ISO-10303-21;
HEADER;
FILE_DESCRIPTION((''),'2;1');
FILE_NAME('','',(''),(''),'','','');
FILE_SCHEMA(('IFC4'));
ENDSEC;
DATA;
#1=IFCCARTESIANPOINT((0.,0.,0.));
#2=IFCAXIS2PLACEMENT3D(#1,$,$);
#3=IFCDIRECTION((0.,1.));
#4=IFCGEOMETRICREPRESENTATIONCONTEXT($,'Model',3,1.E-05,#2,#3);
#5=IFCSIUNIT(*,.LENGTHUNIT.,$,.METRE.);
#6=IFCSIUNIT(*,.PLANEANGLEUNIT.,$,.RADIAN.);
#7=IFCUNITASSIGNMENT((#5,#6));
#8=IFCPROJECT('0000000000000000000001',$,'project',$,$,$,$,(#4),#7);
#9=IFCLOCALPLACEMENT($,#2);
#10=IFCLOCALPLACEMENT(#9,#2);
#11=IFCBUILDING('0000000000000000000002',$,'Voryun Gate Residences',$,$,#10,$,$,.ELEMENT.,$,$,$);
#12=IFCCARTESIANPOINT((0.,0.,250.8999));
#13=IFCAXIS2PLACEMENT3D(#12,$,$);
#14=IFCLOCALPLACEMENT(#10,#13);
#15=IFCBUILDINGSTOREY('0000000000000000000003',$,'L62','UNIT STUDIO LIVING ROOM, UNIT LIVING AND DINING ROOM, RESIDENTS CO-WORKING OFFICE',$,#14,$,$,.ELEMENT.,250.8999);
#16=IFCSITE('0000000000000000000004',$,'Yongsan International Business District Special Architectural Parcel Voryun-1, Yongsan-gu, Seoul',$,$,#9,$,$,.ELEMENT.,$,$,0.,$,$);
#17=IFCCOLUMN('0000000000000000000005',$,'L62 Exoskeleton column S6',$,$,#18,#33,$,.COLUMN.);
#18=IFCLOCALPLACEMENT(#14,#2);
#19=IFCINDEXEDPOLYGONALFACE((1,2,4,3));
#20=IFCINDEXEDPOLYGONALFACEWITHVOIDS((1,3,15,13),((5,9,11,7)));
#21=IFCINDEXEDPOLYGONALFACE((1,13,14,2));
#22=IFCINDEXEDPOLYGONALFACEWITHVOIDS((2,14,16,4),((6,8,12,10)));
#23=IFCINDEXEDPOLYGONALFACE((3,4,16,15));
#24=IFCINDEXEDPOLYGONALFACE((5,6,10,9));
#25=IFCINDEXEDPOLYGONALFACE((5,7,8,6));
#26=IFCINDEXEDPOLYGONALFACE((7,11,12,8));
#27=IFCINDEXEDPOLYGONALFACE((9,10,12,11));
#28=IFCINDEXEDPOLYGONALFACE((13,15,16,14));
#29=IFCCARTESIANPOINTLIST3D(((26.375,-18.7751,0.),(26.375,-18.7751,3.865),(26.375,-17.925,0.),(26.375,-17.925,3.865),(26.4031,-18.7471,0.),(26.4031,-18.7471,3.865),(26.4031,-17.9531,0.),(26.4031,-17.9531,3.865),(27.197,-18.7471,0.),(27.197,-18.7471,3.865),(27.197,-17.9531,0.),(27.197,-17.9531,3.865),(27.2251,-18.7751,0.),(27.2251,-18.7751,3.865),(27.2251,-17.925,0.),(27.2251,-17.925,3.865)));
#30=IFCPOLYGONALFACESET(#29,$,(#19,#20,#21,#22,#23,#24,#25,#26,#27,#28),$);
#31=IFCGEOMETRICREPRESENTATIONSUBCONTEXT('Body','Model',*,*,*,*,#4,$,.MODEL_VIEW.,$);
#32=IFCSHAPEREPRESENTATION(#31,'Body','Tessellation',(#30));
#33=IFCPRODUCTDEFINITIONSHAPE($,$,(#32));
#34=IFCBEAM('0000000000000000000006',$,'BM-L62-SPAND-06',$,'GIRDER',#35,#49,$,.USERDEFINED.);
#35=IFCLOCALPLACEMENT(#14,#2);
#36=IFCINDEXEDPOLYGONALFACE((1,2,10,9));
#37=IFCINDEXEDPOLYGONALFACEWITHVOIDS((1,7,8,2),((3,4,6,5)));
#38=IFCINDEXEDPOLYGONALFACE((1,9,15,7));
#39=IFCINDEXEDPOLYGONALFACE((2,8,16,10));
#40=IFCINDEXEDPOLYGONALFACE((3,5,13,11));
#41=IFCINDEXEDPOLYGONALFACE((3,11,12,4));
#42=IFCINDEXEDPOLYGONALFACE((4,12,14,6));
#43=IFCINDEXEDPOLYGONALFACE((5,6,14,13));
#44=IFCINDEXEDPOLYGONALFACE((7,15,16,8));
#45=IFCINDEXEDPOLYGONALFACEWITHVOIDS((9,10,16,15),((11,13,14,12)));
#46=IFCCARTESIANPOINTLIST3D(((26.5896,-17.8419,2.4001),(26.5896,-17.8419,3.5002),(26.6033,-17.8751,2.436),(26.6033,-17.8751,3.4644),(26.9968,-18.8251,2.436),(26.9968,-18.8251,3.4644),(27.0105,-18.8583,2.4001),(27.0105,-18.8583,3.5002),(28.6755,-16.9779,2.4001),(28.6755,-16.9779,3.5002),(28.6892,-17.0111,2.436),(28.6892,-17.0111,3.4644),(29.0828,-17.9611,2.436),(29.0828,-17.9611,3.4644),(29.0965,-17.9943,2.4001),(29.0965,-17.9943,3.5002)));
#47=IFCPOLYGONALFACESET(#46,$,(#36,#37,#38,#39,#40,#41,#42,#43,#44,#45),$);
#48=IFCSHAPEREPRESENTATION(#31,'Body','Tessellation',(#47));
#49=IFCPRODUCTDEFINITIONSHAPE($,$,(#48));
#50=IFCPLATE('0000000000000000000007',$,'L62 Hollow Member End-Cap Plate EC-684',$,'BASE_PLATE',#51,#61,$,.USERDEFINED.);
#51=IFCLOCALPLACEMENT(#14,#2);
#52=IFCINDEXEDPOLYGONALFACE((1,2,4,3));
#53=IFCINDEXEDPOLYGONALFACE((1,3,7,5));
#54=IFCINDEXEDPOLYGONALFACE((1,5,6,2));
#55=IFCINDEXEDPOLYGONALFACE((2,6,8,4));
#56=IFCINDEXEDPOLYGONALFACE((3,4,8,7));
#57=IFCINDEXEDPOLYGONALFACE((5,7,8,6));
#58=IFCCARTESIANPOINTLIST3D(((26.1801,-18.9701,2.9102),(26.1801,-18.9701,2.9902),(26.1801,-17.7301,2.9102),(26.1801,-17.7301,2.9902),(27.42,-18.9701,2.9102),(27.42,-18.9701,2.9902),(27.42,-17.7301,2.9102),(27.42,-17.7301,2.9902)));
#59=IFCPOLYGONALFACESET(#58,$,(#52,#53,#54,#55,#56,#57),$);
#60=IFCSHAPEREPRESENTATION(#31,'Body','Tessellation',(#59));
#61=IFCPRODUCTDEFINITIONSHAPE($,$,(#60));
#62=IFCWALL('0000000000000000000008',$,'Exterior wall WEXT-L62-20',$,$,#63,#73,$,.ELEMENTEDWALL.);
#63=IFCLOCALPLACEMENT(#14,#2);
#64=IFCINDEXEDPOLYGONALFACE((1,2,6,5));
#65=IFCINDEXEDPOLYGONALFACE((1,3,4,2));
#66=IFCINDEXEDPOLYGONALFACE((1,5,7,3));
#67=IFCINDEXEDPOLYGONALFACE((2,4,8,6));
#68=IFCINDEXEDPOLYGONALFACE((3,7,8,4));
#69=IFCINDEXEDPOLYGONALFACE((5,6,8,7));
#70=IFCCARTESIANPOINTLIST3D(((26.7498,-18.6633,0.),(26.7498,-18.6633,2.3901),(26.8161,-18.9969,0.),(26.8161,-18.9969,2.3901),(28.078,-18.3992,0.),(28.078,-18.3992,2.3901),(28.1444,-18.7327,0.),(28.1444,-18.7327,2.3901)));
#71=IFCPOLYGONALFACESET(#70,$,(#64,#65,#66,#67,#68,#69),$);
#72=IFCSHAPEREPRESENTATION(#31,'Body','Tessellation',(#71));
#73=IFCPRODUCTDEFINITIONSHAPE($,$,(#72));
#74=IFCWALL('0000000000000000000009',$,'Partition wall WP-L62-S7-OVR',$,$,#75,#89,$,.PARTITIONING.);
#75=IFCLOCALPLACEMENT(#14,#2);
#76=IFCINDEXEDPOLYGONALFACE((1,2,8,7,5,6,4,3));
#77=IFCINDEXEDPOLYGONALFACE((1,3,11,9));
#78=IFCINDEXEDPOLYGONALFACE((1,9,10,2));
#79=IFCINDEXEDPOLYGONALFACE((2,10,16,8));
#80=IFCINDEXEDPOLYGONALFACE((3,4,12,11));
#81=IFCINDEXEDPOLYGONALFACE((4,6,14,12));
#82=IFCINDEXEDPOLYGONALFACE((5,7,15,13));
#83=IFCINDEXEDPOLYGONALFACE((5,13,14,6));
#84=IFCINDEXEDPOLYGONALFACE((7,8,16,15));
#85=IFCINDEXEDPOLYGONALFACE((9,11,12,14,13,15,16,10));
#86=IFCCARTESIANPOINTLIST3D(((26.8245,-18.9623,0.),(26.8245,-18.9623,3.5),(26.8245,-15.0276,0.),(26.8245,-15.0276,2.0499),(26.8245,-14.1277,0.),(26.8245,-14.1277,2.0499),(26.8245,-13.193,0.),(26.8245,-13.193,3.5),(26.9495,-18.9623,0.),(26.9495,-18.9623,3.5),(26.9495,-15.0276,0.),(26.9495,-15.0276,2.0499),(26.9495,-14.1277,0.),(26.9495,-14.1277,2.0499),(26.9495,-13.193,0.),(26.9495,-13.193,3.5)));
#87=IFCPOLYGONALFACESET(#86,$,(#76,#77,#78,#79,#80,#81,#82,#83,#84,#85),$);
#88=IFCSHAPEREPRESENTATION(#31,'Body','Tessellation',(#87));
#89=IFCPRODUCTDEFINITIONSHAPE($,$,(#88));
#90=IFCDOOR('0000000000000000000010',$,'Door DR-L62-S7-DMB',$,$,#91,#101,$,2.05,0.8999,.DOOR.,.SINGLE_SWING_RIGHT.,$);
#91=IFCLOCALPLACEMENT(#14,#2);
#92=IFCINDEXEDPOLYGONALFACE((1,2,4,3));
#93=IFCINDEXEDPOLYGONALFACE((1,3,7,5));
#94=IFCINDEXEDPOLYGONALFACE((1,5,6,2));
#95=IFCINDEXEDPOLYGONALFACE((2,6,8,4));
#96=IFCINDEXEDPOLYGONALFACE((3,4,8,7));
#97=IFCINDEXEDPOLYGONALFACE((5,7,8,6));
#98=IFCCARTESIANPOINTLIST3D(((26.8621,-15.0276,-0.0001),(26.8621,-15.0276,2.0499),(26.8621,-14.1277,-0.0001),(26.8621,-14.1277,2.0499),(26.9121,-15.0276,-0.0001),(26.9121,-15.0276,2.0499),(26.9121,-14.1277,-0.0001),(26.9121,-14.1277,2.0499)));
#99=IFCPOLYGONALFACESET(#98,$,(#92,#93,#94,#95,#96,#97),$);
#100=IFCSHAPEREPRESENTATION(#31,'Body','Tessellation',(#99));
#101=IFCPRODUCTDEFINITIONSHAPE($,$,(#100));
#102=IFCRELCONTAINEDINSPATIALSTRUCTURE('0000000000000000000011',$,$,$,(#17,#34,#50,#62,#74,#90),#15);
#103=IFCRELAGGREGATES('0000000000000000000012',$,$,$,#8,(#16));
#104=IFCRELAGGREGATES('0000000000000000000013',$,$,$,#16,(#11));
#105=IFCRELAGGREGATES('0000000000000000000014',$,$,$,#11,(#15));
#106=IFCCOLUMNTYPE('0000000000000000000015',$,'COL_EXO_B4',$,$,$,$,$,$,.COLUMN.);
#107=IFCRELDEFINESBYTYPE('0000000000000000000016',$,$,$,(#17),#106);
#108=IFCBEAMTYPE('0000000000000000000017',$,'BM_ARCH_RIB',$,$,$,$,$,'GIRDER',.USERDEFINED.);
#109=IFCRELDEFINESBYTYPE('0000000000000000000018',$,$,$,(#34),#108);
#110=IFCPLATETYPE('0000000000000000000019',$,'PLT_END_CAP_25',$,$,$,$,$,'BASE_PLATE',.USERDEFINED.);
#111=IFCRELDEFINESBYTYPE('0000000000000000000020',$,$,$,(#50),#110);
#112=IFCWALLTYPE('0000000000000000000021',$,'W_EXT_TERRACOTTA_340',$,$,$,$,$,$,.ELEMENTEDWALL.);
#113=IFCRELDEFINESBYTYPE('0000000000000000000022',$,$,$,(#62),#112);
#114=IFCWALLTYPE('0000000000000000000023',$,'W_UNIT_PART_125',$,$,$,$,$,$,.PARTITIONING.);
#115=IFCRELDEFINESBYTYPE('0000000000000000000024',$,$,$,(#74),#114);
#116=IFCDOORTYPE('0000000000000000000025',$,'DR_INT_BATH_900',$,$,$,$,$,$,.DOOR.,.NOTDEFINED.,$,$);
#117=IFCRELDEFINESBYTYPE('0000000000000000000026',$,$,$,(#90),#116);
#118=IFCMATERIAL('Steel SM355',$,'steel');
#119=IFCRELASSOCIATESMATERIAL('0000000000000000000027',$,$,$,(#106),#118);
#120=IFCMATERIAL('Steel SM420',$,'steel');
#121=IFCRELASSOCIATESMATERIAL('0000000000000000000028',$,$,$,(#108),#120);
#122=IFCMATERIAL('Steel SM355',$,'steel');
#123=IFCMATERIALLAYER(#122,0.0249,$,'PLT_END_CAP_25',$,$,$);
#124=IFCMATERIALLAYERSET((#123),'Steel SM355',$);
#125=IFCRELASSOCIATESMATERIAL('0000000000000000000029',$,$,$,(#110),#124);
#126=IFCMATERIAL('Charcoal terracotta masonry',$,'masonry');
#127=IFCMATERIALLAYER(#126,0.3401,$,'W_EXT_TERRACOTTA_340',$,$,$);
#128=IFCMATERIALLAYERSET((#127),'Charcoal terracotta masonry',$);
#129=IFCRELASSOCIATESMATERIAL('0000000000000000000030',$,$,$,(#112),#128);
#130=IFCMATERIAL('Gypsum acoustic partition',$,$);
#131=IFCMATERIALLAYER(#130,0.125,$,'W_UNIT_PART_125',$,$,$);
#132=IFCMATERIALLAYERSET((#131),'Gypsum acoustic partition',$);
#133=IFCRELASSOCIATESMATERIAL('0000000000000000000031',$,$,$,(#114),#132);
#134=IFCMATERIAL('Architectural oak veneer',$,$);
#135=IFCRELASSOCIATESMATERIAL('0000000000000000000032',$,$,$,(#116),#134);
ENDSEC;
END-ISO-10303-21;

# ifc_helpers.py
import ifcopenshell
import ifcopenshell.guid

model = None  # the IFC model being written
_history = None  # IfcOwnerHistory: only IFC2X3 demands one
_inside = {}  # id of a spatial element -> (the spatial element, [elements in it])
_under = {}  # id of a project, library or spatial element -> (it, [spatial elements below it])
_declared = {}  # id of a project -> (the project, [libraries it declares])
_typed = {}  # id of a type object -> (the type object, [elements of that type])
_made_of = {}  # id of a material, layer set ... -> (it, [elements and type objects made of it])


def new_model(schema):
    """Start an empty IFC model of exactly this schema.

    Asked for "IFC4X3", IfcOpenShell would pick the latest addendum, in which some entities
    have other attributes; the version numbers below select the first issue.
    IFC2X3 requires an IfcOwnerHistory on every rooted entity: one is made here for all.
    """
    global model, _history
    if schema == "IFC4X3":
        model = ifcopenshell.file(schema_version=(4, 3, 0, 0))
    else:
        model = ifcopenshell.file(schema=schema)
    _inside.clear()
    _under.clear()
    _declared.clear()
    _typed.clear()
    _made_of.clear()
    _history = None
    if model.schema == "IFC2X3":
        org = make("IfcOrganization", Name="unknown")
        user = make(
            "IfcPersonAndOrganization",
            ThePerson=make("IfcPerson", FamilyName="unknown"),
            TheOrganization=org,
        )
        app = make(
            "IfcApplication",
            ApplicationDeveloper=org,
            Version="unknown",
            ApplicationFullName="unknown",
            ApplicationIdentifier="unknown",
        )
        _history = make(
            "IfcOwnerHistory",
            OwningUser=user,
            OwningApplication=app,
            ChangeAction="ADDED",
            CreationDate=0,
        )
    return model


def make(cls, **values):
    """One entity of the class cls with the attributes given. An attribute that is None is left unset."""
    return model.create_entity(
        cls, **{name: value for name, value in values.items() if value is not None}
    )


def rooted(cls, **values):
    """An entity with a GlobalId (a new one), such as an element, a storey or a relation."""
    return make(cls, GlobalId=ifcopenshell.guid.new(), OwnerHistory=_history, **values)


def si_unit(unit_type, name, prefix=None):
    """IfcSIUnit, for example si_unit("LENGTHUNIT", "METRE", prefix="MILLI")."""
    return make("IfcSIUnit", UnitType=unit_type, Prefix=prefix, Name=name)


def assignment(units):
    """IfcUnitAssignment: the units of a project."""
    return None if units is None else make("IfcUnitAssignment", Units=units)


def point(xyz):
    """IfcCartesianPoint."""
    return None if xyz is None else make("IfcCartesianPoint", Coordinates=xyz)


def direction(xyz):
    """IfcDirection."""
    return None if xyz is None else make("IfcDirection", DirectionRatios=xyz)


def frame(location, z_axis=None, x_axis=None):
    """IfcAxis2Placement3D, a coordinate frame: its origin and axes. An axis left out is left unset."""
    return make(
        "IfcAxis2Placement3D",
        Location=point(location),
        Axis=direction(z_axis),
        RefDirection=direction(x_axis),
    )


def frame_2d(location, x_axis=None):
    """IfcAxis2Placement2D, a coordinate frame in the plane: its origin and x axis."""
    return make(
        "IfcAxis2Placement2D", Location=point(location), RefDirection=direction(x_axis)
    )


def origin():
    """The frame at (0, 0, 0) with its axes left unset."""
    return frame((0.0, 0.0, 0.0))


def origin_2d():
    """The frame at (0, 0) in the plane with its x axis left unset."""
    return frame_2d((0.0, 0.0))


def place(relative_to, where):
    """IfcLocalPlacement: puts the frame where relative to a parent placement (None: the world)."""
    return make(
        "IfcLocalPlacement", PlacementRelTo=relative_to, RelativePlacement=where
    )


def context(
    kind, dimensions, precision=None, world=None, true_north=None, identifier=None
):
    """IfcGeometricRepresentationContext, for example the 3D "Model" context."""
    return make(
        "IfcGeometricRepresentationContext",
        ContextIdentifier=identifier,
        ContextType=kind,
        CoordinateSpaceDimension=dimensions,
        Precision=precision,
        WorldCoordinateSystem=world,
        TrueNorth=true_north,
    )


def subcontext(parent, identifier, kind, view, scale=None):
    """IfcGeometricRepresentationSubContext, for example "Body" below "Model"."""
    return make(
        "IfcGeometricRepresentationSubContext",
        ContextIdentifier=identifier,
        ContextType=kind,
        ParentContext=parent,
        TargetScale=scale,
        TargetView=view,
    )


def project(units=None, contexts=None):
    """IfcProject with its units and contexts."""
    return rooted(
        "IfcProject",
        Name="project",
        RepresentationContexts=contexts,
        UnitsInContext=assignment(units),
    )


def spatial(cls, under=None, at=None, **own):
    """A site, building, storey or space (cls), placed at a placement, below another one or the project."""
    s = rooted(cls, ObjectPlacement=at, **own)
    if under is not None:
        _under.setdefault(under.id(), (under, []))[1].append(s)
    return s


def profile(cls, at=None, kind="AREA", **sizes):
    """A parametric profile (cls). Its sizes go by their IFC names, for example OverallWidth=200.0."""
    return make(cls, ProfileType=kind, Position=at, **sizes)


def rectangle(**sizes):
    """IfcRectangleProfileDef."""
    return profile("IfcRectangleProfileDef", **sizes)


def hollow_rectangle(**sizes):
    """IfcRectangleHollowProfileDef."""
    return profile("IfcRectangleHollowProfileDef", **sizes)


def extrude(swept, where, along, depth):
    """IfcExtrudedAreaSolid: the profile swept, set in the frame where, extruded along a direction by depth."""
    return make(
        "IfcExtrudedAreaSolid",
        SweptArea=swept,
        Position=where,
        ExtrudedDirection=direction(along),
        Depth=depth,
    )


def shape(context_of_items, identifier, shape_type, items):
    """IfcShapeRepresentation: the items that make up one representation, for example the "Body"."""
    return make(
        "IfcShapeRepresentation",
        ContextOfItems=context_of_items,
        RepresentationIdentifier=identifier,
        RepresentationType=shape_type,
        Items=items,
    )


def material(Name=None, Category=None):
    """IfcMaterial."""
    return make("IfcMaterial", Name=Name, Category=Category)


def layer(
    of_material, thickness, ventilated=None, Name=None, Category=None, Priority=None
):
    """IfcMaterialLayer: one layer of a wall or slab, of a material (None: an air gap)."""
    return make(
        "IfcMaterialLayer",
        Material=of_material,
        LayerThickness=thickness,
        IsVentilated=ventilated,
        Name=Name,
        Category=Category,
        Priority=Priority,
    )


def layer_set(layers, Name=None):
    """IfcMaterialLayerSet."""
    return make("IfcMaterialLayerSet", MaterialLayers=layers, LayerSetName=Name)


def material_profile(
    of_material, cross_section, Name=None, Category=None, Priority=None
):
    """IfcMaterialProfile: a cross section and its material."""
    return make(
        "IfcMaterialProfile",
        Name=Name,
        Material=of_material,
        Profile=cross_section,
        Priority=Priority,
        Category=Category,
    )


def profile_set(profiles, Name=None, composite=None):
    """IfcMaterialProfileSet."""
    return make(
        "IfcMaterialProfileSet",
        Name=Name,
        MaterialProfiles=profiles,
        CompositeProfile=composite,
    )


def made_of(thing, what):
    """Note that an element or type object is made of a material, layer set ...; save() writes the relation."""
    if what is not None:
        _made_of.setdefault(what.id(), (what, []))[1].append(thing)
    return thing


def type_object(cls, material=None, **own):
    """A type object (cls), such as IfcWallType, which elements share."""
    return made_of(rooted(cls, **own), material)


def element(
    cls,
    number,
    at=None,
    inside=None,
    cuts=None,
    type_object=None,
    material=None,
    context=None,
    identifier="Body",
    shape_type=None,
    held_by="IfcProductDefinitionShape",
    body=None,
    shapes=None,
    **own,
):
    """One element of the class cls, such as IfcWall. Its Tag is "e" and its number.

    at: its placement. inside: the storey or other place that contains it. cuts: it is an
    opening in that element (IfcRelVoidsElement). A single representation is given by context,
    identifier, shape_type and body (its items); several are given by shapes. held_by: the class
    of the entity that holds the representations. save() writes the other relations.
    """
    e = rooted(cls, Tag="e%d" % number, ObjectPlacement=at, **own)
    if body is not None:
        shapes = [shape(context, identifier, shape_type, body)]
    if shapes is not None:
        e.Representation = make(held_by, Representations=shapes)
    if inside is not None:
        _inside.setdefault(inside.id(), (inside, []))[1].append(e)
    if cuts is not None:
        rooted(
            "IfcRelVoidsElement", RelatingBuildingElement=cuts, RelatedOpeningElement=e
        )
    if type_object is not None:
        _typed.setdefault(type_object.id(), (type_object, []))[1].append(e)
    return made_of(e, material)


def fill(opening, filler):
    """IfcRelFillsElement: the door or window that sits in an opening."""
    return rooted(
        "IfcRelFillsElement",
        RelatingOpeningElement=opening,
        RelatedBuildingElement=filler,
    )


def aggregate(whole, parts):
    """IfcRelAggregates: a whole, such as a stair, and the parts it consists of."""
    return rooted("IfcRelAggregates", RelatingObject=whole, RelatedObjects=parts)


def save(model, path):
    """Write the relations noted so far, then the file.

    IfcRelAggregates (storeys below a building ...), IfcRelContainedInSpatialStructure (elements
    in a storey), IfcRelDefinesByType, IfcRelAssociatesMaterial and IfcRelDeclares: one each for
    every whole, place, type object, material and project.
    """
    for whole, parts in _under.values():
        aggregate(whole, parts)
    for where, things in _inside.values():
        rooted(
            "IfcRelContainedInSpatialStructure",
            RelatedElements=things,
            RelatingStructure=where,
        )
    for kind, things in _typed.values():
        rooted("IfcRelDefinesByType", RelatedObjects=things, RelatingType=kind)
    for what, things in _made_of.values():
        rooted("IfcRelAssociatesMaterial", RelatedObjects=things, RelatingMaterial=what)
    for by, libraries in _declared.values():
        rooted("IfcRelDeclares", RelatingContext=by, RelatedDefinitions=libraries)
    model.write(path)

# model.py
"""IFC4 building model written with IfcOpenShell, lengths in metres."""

from ifc_helpers import new_model, si_unit, direction, frame, frame_2d, origin, origin_2d, place, context, subcontext, project, spatial, rectangle, hollow_rectangle, extrude, material, layer, layer_set, material_profile, profile_set, type_object, element, fill, save


model = new_model("IFC4")

# Units and contexts
model_context = context("Model", 3, precision=1e-05, world=origin(), true_north=direction((0.0, 1.0)))
body_context = subcontext(model_context, "Body", "Model", "MODEL_VIEW")
ifc_project = project(units=[si_unit("LENGTHUNIT", "METRE"), si_unit("PLANEANGLEUNIT", "RADIAN")], contexts=[model_context])

# Site, building, storey
site_placement = place(None, origin())
site = spatial("IfcSite", under=ifc_project, at=site_placement, Name="Yongsan International Business District Special Architectural Parcel Voryun-1, Yongsan-gu, Seoul", CompositionType="ELEMENT", RefElevation=0.0)
building_placement = place(site_placement, origin())
building = spatial("IfcBuilding", under=site, at=building_placement, Name="Voryun Gate Residences", CompositionType="ELEMENT")
storey_placement = place(building_placement, frame((0.0, 0.0, 250.8999)))
storey = spatial("IfcBuildingStorey", under=building, at=storey_placement, Name="L62", Description="UNIT STUDIO LIVING ROOM, UNIT LIVING AND DINING ROOM, RESIDENTS CO-WORKING OFFICE", CompositionType="ELEMENT", Elevation=250.8999)

# Column
ifc_material_1 = material(Name="Steel SM355", Category="steel")
ifc_material_profile_1 = material_profile(ifc_material_1, hollow_rectangle(XDim=0.8501, YDim=0.8501, WallThickness=0.0281, at=origin_2d()), Name="BOX-850x850x28")
ifc_profile_set_1 = profile_set([ifc_material_profile_1], Name="Steel SM355")
column_type = type_object("IfcColumnType", Name="COL_EXO_B4", PredefinedType="COLUMN", material=ifc_profile_set_1)
column_placement = place(storey_placement, frame((26.8, -18.3501, 0.0), z_axis=(0.0, 0.0, 1.0), x_axis=(1.0, 0.0, 0.0)))
element("IfcColumn", 1, at=column_placement, inside=storey, type_object=column_type, Name="L62 Exoskeleton column S6", PredefinedType="COLUMN", context=body_context, shape_type="SweptSolid", body=[
    extrude(hollow_rectangle(XDim=0.8501, YDim=0.8501, WallThickness=0.0281, at=origin_2d()), origin(), (0.0, 0.0, 1.0), 3.865),
])

# Beam
ifc_material_2 = material(Name="Steel SM420", Category="steel")
ifc_material_profile_2 = material_profile(ifc_material_2, hollow_rectangle(XDim=1.1001, YDim=1.1001, WallThickness=0.0359, at=origin_2d()), Name="BOX-1100x1100x36")
ifc_profile_set_2 = profile_set([ifc_material_profile_2], Name="Steel SM420")
beam_type = type_object("IfcBeamType", Name="BM_ARCH_RIB", ElementType="GIRDER", PredefinedType="USERDEFINED", material=ifc_profile_set_2)
beam_placement = place(storey_placement, frame((26.8, -18.3501, 2.9502), z_axis=(0.923881, 0.38268, 0.0), x_axis=(-0.38268, 0.923881, 0.0)))
element("IfcBeam", 2, at=beam_placement, inside=storey, type_object=beam_type, Name="BM-L62-SPAND-06", ObjectType="GIRDER", PredefinedType="USERDEFINED", context=body_context, shape_type="SweptSolid", body=[
    extrude(hollow_rectangle(XDim=1.1001, YDim=1.1001, WallThickness=0.0359, at=origin_2d()), origin(), (0.0, 0.0, 1.0), 2.2578),
])

# Plate
ifc_material_3 = material(Name="Steel SM355", Category="steel")
ifc_layer_1 = layer(ifc_material_3, 0.0249, Name="PLT_END_CAP_25")
ifc_layer_set_1 = layer_set([ifc_layer_1], Name="Steel SM355")
plate_type = type_object("IfcPlateType", Name="PLT_END_CAP_25", ElementType="BASE_PLATE", PredefinedType="USERDEFINED", material=ifc_layer_set_1)
plate_placement = place(storey_placement, frame((26.8, -18.3501, 2.9102), z_axis=(0.0, 0.0, 1.0), x_axis=(1.0, 0.0, 0.0)))
element("IfcPlate", 3, at=plate_placement, inside=storey, type_object=plate_type, Name="L62 Hollow Member End-Cap Plate EC-684", ObjectType="BASE_PLATE", PredefinedType="USERDEFINED", context=body_context, shape_type="SweptSolid", body=[
    extrude(rectangle(XDim=1.24, YDim=1.24, at=origin_2d()), origin(), (0.0, 0.0, 1.0), 0.0801),
])

# Shared definitions
ifc_material_4 = material(Name="Charcoal terracotta masonry", Category="masonry")
ifc_layer_2 = layer(ifc_material_4, 0.3401, Name="W_EXT_TERRACOTTA_340")
ifc_layer_set_2 = layer_set([ifc_layer_2], Name="Charcoal terracotta masonry")
wall_type_1 = type_object("IfcWallType", Name="W_EXT_TERRACOTTA_340", PredefinedType="ELEMENTEDWALL", material=ifc_layer_set_2)

# Wall
wall_1_placement = place(storey_placement, frame((28.1113, -18.5659, 0.0), z_axis=(0.0, 0.0, 1.0), x_axis=(-0.980788, -0.195076, 0.0)))
element("IfcWall", 4, at=wall_1_placement, inside=storey, type_object=wall_type_1, Name="Exterior wall WEXT-L62-20", PredefinedType="ELEMENTEDWALL", context=body_context, shape_type="SweptSolid", body=[
    extrude(rectangle(XDim=1.3542, YDim=0.3401, at=frame_2d((0.6772, 0.0))), origin(), (0.0, 0.0, 1.0), 2.3901),
])

# Wall, opening, door
ifc_material_5 = material(Name="Gypsum acoustic partition")
ifc_layer_3 = layer(ifc_material_5, 0.125, Name="W_UNIT_PART_125")
ifc_layer_set_3 = layer_set([ifc_layer_3], Name="Gypsum acoustic partition")
wall_type_2 = type_object("IfcWallType", Name="W_UNIT_PART_125", PredefinedType="PARTITIONING", material=ifc_layer_set_3)
wall_2_placement = place(storey_placement, frame((26.887, -18.9624, 0.0), z_axis=(0.0, 0.0, 1.0), x_axis=(0.0, 1.0, 0.0)))
wall_2 = element("IfcWall", 5, at=wall_2_placement, inside=storey, type_object=wall_type_2, Name="Partition wall WP-L62-S7-OVR", PredefinedType="PARTITIONING", context=body_context, shape_type="SweptSolid", body=[
    extrude(rectangle(XDim=5.7693, YDim=0.125, at=frame_2d((2.8848, 0.0))), origin(), (0.0, 0.0, 1.0), 3.5),
])
opening_1_placement = place(wall_2_placement, frame((3.9348, 0.0, 0.0)))
opening_1 = element("IfcOpeningElement", 6, at=opening_1_placement, cuts=wall_2, PredefinedType="OPENING", context=body_context, shape_type="SweptSolid", body=[
    extrude(rectangle(XDim=0.8999, YDim=2.05, at=frame_2d((0.45, 1.0249))), frame((0.0, 0.0725, 0.0), z_axis=(0.0, -1.0, 0.0), x_axis=(1.0, 0.0, 0.0)), (0.0, 0.0, 1.0), 0.145),
])
ifc_material_6 = material(Name="Architectural oak veneer")
door_type = type_object("IfcDoorType", Name="DR_INT_BATH_900", OperationType="NOTDEFINED", PredefinedType="DOOR", material=ifc_material_6)
door_placement = place(opening_1_placement, origin())
door = element("IfcDoor", 7, at=door_placement, inside=storey, type_object=door_type, Name="Door DR-L62-S7-DMB", OperationType="SINGLE_SWING_RIGHT", OverallHeight=2.05, OverallWidth=0.8999, PredefinedType="DOOR", context=body_context, shape_type="SweptSolid", body=[
    extrude(rectangle(XDim=0.8999, YDim=2.05, at=frame_2d((0.45, 1.0249))), frame((0.0, 0.0249, 0.0), z_axis=(0.0, -1.0, 0.0), x_axis=(1.0, 0.0, 0.0)), (0.0, 0.0, 1.0), 0.05),
])
fill(opening_1, door)

save(model, "model.ifc")
